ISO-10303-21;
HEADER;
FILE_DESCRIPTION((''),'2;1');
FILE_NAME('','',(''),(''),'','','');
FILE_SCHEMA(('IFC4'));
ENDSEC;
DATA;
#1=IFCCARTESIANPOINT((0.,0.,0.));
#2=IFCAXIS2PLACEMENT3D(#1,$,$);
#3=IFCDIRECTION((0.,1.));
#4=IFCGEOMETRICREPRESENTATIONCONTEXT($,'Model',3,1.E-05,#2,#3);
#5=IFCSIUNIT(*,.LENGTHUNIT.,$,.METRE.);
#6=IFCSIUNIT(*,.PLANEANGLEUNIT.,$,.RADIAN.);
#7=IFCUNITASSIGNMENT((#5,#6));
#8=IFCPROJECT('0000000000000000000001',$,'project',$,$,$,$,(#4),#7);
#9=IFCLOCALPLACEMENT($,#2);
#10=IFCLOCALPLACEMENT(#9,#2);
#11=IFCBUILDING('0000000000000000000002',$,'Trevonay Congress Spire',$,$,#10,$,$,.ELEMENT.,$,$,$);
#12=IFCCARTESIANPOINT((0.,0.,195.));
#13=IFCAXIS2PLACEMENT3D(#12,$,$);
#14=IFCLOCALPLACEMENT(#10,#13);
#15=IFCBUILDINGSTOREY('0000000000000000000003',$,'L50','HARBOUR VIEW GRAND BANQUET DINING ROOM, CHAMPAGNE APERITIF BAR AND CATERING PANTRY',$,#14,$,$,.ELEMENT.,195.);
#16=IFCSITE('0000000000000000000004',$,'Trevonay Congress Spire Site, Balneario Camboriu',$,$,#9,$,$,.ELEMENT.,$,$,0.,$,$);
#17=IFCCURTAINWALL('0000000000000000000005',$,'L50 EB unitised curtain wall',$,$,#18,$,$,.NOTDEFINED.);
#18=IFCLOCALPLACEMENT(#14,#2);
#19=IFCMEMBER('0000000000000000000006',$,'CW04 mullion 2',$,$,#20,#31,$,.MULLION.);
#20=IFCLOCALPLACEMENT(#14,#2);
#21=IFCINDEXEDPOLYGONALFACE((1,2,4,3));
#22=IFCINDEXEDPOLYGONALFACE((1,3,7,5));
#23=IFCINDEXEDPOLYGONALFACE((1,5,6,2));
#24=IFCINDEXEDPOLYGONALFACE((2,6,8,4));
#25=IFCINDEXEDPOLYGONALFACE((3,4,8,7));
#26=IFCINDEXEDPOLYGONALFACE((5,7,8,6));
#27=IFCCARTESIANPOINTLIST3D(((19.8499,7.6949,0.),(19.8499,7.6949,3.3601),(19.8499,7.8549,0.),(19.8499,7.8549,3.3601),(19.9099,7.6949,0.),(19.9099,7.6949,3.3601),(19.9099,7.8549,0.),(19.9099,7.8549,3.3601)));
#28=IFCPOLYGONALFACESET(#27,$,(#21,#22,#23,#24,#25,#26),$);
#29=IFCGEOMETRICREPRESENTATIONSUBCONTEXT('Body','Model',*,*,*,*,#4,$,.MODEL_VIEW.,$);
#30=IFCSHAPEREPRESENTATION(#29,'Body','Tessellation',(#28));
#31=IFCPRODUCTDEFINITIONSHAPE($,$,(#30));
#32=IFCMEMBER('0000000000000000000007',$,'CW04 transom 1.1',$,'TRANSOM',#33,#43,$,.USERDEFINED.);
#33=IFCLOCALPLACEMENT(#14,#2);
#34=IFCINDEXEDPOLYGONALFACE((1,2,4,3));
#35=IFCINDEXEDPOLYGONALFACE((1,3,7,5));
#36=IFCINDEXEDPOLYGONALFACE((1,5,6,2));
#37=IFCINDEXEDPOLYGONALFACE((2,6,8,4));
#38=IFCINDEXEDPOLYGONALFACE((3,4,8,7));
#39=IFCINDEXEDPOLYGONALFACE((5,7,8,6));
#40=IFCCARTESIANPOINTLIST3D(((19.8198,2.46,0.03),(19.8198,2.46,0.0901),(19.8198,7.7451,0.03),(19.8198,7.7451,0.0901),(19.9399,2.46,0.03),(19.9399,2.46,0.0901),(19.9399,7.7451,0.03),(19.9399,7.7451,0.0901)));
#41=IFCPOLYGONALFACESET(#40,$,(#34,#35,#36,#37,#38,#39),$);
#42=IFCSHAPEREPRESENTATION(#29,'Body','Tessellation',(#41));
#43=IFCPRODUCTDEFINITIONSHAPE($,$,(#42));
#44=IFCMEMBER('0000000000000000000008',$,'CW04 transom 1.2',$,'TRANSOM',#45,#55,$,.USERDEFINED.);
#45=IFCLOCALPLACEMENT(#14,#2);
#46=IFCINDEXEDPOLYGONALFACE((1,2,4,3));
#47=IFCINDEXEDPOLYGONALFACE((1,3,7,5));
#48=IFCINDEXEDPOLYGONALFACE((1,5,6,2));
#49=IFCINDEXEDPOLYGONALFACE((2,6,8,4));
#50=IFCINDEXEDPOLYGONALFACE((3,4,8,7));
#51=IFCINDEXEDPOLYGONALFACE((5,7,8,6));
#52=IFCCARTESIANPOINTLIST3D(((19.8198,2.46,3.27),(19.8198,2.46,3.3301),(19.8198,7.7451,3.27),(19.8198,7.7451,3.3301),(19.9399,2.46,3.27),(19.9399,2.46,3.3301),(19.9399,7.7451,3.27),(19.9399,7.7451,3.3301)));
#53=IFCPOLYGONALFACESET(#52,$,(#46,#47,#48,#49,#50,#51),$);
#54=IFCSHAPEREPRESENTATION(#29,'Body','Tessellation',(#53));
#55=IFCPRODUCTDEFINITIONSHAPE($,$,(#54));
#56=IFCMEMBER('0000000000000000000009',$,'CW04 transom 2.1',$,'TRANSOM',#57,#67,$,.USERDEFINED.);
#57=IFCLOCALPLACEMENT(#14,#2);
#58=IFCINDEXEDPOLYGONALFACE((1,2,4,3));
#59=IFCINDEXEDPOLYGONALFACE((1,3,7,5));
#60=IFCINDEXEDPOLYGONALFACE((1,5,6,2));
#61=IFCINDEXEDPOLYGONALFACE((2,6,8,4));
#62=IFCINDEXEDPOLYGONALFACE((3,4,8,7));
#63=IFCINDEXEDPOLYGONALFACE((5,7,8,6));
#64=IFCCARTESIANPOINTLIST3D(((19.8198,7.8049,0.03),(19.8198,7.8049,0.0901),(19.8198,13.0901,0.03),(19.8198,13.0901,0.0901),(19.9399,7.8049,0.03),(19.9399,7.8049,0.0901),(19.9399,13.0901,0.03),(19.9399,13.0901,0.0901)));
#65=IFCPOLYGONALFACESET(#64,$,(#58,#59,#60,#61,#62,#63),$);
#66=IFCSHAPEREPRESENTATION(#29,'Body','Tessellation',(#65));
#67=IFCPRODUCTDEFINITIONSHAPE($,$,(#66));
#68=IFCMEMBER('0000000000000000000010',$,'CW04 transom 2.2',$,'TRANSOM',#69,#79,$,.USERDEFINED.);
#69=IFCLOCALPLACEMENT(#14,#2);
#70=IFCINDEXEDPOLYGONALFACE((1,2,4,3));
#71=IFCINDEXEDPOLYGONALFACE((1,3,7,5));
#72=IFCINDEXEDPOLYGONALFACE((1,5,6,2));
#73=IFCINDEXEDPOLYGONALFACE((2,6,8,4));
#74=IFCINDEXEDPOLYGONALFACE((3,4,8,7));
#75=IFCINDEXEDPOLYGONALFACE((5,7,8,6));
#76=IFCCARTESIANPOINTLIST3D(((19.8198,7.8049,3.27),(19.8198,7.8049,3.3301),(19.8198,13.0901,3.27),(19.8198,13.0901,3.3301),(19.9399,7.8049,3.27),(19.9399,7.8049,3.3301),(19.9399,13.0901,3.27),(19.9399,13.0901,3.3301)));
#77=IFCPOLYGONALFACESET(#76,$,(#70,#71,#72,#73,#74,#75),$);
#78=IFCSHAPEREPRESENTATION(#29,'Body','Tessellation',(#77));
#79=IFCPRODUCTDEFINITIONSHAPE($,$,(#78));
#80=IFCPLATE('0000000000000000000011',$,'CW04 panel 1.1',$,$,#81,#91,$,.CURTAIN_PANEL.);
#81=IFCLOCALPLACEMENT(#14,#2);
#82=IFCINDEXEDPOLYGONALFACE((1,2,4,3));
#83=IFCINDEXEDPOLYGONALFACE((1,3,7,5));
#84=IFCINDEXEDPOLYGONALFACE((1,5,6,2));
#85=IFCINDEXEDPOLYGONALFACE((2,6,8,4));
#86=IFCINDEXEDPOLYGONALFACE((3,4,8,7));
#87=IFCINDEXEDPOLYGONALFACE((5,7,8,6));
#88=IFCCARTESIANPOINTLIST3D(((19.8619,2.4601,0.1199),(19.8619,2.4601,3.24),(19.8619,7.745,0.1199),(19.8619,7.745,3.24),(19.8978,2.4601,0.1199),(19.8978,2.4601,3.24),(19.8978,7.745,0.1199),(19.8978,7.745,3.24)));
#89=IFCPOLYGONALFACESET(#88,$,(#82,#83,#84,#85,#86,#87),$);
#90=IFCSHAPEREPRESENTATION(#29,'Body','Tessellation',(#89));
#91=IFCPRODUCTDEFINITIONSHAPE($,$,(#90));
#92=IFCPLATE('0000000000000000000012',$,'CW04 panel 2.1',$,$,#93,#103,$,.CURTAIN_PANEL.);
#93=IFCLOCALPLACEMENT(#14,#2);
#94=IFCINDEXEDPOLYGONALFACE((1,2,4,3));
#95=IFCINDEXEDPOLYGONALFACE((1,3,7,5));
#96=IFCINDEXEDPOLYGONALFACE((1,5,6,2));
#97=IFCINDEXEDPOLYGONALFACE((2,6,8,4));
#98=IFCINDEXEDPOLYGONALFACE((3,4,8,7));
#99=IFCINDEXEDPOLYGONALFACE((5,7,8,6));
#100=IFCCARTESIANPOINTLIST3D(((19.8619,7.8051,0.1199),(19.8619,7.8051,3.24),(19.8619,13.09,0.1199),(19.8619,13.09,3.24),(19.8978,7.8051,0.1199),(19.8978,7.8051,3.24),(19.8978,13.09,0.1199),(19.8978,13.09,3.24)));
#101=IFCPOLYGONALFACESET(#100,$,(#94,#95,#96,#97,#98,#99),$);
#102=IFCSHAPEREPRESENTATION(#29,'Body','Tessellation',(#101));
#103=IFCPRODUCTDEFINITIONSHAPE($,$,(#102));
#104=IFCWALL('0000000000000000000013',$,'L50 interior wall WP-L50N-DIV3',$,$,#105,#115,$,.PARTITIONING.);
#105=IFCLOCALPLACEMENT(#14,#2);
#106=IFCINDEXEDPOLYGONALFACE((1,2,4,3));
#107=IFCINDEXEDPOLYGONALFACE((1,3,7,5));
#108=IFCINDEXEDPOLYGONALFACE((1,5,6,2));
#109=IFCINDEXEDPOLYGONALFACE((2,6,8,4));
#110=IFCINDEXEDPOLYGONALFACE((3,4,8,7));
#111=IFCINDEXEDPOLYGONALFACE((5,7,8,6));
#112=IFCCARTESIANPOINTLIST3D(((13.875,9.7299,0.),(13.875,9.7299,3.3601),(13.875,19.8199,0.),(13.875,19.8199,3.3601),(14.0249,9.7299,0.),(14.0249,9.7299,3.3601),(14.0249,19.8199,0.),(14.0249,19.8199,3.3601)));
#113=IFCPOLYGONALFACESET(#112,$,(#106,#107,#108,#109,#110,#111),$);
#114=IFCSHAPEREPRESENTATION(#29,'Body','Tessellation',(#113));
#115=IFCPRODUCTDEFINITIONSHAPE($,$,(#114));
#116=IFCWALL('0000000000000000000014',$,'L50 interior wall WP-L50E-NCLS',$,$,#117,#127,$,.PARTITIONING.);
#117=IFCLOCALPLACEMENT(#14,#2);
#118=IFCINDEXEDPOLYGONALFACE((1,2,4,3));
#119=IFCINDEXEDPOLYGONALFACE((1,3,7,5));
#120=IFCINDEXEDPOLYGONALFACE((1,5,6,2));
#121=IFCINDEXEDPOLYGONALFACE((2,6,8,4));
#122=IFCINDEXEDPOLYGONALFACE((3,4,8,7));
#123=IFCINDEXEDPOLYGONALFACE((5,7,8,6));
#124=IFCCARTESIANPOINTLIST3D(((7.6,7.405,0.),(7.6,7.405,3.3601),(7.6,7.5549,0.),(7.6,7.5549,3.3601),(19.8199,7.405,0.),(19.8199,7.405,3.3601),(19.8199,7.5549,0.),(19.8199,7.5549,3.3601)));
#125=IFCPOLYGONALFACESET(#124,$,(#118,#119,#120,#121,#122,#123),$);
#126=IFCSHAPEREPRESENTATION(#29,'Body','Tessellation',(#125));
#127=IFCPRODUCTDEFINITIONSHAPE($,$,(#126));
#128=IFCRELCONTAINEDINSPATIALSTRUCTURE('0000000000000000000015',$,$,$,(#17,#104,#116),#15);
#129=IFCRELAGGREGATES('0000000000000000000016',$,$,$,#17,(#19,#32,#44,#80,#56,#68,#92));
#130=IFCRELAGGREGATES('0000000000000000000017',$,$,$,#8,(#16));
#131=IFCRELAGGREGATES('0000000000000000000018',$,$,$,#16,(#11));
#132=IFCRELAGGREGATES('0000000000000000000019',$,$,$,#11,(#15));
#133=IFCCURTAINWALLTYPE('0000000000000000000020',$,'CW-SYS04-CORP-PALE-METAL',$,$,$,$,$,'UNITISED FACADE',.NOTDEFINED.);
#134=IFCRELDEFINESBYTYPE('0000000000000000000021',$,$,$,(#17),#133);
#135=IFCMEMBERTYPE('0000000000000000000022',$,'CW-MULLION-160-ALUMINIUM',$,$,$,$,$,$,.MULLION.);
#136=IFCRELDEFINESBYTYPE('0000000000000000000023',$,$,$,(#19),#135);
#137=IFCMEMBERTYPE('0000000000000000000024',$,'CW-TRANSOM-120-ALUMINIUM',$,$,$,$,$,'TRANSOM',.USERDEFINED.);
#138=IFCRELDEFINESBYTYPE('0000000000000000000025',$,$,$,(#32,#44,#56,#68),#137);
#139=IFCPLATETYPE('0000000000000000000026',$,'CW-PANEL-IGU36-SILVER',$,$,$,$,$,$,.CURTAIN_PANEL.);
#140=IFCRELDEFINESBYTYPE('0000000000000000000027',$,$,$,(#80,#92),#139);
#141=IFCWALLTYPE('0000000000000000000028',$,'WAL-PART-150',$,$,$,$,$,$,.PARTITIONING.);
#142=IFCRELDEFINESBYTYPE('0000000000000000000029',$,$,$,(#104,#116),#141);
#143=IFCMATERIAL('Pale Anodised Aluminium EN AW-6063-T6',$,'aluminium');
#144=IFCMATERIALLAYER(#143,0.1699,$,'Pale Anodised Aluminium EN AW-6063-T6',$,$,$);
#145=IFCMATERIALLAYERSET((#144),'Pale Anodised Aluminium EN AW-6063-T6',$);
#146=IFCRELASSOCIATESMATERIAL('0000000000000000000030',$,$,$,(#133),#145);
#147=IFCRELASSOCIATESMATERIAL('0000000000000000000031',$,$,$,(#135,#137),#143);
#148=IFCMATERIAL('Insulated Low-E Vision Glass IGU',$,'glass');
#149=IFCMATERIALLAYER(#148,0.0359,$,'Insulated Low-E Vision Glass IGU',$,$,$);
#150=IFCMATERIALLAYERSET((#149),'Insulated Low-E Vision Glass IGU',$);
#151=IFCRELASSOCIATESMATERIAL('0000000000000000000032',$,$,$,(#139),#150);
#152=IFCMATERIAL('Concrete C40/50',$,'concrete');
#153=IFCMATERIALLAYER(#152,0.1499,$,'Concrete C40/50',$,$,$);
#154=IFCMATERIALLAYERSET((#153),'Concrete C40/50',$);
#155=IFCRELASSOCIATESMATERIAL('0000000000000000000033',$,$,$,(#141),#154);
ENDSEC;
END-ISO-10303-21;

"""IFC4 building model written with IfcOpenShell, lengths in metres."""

from ifc_helpers import new_model, si_unit, direction, frame, frame_2d, origin, origin_2d, place, context, subcontext, project, spatial, rectangle, extrude, material, layer, layer_set, material_profile, profile_set, type_object, element, aggregate, save


model = new_model("IFC4")

# Units and contexts
model_context = context("Model", 3, precision=1e-05, world=origin(), true_north=direction((0.0, 1.0)))
body_context = subcontext(model_context, "Body", "Model", "MODEL_VIEW")
ifc_project = project(units=[si_unit("LENGTHUNIT", "METRE"), si_unit("PLANEANGLEUNIT", "RADIAN")], contexts=[model_context])

# Site, building, storey
site_placement = place(None, origin())
site = spatial("IfcSite", under=ifc_project, at=site_placement, Name="Trevonay Congress Spire Site, Balneario Camboriu", CompositionType="ELEMENT", RefElevation=0.0)
building_placement = place(site_placement, origin())
building = spatial("IfcBuilding", under=site, at=building_placement, Name="Trevonay Congress Spire", CompositionType="ELEMENT")
storey_placement = place(building_placement, frame((0.0, 0.0, 195.0)))
storey = spatial("IfcBuildingStorey", under=building, at=storey_placement, Name="L50", Description="HARBOUR VIEW GRAND BANQUET DINING ROOM, CHAMPAGNE APERITIF BAR AND CATERING PANTRY", CompositionType="ELEMENT", Elevation=195.0)

# Curtain wall, members, plates
ifc_material_1 = material(Name="Pale Anodised Aluminium EN AW-6063-T6", Category="aluminium")
ifc_layer_1 = layer(ifc_material_1, 0.1699, Name="Pale Anodised Aluminium EN AW-6063-T6")
ifc_layer_set_1 = layer_set([ifc_layer_1], Name="Pale Anodised Aluminium EN AW-6063-T6")
curtain_wall_type = type_object("IfcCurtainWallType", Name="CW-SYS04-CORP-PALE-METAL", ElementType="UNITISED FACADE", PredefinedType="NOTDEFINED", material=ifc_layer_set_1)
curtain_wall_placement = place(storey_placement, origin())
curtain_wall = element("IfcCurtainWall", 1, at=curtain_wall_placement, inside=storey, type_object=curtain_wall_type, Name="L50 EB unitised curtain wall", PredefinedType="NOTDEFINED")
ifc_material_profile_1 = material_profile(ifc_material_1, rectangle(XDim=0.0601, YDim=0.1599, at=origin_2d()), Name="CW-MULLION-160-ALUMINIUM")
ifc_profile_set_1 = profile_set([ifc_material_profile_1], Name="Pale Anodised Aluminium EN AW-6063-T6")
member_type_1 = type_object("IfcMemberType", Name="CW-MULLION-160-ALUMINIUM", PredefinedType="MULLION", material=ifc_profile_set_1)
member_1_placement = place(storey_placement, frame((19.8799, 7.7749, 0.0), z_axis=(0.0, 0.0, 1.0), x_axis=(-1.0, 0.0, 0.0)))
member_1 = element("IfcMember", 2, at=member_1_placement, type_object=member_type_1, Name="CW04 mullion 2", PredefinedType="MULLION", context=body_context, shape_type="SweptSolid", body=[
    extrude(rectangle(XDim=0.0601, YDim=0.1599, at=origin_2d()), origin(), (0.0, 0.0, 1.0), 3.3601),
])
ifc_material_profile_2 = material_profile(ifc_material_1, rectangle(XDim=0.1201, YDim=0.0601, at=origin_2d()), Name="CW-TRANSOM-120-ALUMINIUM")
ifc_profile_set_2 = profile_set([ifc_material_profile_2], Name="Pale Anodised Aluminium EN AW-6063-T6")
member_type_2 = type_object("IfcMemberType", Name="CW-TRANSOM-120-ALUMINIUM", ElementType="TRANSOM", PredefinedType="USERDEFINED", material=ifc_profile_set_2)
member_2_placement = place(storey_placement, frame((19.8799, 2.46, 0.0601), z_axis=(0.0, 1.0, 0.0), x_axis=(-1.0, 0.0, 0.0)))
member_2 = element("IfcMember", 3, at=member_2_placement, type_object=member_type_2, Name="CW04 transom 1.1", ObjectType="TRANSOM", PredefinedType="USERDEFINED", context=body_context, shape_type="SweptSolid", body=[
    extrude(rectangle(XDim=0.1201, YDim=0.0601, at=origin_2d()), origin(), (0.0, 0.0, 1.0), 5.2852),
])
member_3_placement = place(storey_placement, frame((19.8799, 2.46, 3.3), z_axis=(0.0, 1.0, 0.0), x_axis=(-1.0, 0.0, 0.0)))
member_3 = element("IfcMember", 4, at=member_3_placement, type_object=member_type_2, Name="CW04 transom 1.2", ObjectType="TRANSOM", PredefinedType="USERDEFINED", context=body_context, shape_type="SweptSolid", body=[
    extrude(rectangle(XDim=0.1201, YDim=0.0601, at=origin_2d()), origin(), (0.0, 0.0, 1.0), 5.2852),
])
member_4_placement = place(storey_placement, frame((19.8799, 7.8049, 0.0601), z_axis=(0.0, 1.0, 0.0), x_axis=(-1.0, 0.0, 0.0)))
member_4 = element("IfcMember", 5, at=member_4_placement, type_object=member_type_2, Name="CW04 transom 2.1", ObjectType="TRANSOM", PredefinedType="USERDEFINED", context=body_context, shape_type="SweptSolid", body=[
    extrude(rectangle(XDim=0.1201, YDim=0.0601, at=origin_2d()), origin(), (0.0, 0.0, 1.0), 5.2852),
])
member_5_placement = place(storey_placement, frame((19.8799, 7.8049, 3.3), z_axis=(0.0, 1.0, 0.0), x_axis=(-1.0, 0.0, 0.0)))
member_5 = element("IfcMember", 6, at=member_5_placement, type_object=member_type_2, Name="CW04 transom 2.2", ObjectType="TRANSOM", PredefinedType="USERDEFINED", context=body_context, shape_type="SweptSolid", body=[
    extrude(rectangle(XDim=0.1201, YDim=0.0601, at=origin_2d()), origin(), (0.0, 0.0, 1.0), 5.2852),
])
ifc_material_2 = material(Name="Insulated Low-E Vision Glass IGU", Category="glass")
ifc_layer_2 = layer(ifc_material_2, 0.0359, Name="Insulated Low-E Vision Glass IGU")
ifc_layer_set_2 = layer_set([ifc_layer_2], Name="Insulated Low-E Vision Glass IGU")
plate_type = type_object("IfcPlateType", Name="CW-PANEL-IGU36-SILVER", PredefinedType="CURTAIN_PANEL", material=ifc_layer_set_2)
plate_1_placement = place(storey_placement, frame((19.8799, 5.1025, 0.1199), z_axis=(0.0, 0.0, 1.0), x_axis=(0.0, 1.0, 0.0)))
plate_1 = element("IfcPlate", 7, at=plate_1_placement, type_object=plate_type, Name="CW04 panel 1.1", PredefinedType="CURTAIN_PANEL", context=body_context, shape_type="SweptSolid", body=[
    extrude(rectangle(XDim=5.2849, YDim=0.0359, at=origin_2d()), origin(), (0.0, 0.0, 1.0), 3.1201),
])
plate_2_placement = place(storey_placement, frame((19.8799, 10.4475, 0.1199), z_axis=(0.0, 0.0, 1.0), x_axis=(0.0, 1.0, 0.0)))
plate_2 = element("IfcPlate", 8, at=plate_2_placement, type_object=plate_type, Name="CW04 panel 2.1", PredefinedType="CURTAIN_PANEL", context=body_context, shape_type="SweptSolid", body=[
    extrude(rectangle(XDim=5.2849, YDim=0.0359, at=origin_2d()), origin(), (0.0, 0.0, 1.0), 3.1201),
])
aggregate(curtain_wall, [member_1, member_2, member_3, plate_1, member_4, member_5, plate_2])

# Walls
ifc_material_3 = material(Name="Concrete C40/50", Category="concrete")
ifc_layer_3 = layer(ifc_material_3, 0.1499, Name="Concrete C40/50")
ifc_layer_set_3 = layer_set([ifc_layer_3], Name="Concrete C40/50")
wall_type = type_object("IfcWallType", Name="WAL-PART-150", PredefinedType="PARTITIONING", material=ifc_layer_set_3)
wall_1_placement = place(storey_placement, frame((13.95, 9.73, 0.0), z_axis=(0.0, 0.0, 1.0), x_axis=(0.0, 1.0, 0.0)))
element("IfcWall", 9, at=wall_1_placement, inside=storey, type_object=wall_type, Name="L50 interior wall WP-L50N-DIV3", PredefinedType="PARTITIONING", context=body_context, shape_type="SweptSolid", body=[
    extrude(rectangle(XDim=10.0901, YDim=0.1499, at=frame_2d((5.0449, 0.0))), origin(), (0.0, 0.0, 1.0), 3.3601),
])
wall_2_placement = place(storey_placement, frame((7.6001, 7.48, 0.0), z_axis=(0.0, 0.0, 1.0), x_axis=(1.0, 0.0, 0.0)))
element("IfcWall", 10, at=wall_2_placement, inside=storey, type_object=wall_type, Name="L50 interior wall WP-L50E-NCLS", PredefinedType="PARTITIONING", context=body_context, shape_type="SweptSolid", body=[
    extrude(rectangle(XDim=12.22, YDim=0.1499, at=frame_2d((6.1099, 0.0))), origin(), (0.0, 0.0, 1.0), 3.3601),
])

save(model, "model.ifc")
